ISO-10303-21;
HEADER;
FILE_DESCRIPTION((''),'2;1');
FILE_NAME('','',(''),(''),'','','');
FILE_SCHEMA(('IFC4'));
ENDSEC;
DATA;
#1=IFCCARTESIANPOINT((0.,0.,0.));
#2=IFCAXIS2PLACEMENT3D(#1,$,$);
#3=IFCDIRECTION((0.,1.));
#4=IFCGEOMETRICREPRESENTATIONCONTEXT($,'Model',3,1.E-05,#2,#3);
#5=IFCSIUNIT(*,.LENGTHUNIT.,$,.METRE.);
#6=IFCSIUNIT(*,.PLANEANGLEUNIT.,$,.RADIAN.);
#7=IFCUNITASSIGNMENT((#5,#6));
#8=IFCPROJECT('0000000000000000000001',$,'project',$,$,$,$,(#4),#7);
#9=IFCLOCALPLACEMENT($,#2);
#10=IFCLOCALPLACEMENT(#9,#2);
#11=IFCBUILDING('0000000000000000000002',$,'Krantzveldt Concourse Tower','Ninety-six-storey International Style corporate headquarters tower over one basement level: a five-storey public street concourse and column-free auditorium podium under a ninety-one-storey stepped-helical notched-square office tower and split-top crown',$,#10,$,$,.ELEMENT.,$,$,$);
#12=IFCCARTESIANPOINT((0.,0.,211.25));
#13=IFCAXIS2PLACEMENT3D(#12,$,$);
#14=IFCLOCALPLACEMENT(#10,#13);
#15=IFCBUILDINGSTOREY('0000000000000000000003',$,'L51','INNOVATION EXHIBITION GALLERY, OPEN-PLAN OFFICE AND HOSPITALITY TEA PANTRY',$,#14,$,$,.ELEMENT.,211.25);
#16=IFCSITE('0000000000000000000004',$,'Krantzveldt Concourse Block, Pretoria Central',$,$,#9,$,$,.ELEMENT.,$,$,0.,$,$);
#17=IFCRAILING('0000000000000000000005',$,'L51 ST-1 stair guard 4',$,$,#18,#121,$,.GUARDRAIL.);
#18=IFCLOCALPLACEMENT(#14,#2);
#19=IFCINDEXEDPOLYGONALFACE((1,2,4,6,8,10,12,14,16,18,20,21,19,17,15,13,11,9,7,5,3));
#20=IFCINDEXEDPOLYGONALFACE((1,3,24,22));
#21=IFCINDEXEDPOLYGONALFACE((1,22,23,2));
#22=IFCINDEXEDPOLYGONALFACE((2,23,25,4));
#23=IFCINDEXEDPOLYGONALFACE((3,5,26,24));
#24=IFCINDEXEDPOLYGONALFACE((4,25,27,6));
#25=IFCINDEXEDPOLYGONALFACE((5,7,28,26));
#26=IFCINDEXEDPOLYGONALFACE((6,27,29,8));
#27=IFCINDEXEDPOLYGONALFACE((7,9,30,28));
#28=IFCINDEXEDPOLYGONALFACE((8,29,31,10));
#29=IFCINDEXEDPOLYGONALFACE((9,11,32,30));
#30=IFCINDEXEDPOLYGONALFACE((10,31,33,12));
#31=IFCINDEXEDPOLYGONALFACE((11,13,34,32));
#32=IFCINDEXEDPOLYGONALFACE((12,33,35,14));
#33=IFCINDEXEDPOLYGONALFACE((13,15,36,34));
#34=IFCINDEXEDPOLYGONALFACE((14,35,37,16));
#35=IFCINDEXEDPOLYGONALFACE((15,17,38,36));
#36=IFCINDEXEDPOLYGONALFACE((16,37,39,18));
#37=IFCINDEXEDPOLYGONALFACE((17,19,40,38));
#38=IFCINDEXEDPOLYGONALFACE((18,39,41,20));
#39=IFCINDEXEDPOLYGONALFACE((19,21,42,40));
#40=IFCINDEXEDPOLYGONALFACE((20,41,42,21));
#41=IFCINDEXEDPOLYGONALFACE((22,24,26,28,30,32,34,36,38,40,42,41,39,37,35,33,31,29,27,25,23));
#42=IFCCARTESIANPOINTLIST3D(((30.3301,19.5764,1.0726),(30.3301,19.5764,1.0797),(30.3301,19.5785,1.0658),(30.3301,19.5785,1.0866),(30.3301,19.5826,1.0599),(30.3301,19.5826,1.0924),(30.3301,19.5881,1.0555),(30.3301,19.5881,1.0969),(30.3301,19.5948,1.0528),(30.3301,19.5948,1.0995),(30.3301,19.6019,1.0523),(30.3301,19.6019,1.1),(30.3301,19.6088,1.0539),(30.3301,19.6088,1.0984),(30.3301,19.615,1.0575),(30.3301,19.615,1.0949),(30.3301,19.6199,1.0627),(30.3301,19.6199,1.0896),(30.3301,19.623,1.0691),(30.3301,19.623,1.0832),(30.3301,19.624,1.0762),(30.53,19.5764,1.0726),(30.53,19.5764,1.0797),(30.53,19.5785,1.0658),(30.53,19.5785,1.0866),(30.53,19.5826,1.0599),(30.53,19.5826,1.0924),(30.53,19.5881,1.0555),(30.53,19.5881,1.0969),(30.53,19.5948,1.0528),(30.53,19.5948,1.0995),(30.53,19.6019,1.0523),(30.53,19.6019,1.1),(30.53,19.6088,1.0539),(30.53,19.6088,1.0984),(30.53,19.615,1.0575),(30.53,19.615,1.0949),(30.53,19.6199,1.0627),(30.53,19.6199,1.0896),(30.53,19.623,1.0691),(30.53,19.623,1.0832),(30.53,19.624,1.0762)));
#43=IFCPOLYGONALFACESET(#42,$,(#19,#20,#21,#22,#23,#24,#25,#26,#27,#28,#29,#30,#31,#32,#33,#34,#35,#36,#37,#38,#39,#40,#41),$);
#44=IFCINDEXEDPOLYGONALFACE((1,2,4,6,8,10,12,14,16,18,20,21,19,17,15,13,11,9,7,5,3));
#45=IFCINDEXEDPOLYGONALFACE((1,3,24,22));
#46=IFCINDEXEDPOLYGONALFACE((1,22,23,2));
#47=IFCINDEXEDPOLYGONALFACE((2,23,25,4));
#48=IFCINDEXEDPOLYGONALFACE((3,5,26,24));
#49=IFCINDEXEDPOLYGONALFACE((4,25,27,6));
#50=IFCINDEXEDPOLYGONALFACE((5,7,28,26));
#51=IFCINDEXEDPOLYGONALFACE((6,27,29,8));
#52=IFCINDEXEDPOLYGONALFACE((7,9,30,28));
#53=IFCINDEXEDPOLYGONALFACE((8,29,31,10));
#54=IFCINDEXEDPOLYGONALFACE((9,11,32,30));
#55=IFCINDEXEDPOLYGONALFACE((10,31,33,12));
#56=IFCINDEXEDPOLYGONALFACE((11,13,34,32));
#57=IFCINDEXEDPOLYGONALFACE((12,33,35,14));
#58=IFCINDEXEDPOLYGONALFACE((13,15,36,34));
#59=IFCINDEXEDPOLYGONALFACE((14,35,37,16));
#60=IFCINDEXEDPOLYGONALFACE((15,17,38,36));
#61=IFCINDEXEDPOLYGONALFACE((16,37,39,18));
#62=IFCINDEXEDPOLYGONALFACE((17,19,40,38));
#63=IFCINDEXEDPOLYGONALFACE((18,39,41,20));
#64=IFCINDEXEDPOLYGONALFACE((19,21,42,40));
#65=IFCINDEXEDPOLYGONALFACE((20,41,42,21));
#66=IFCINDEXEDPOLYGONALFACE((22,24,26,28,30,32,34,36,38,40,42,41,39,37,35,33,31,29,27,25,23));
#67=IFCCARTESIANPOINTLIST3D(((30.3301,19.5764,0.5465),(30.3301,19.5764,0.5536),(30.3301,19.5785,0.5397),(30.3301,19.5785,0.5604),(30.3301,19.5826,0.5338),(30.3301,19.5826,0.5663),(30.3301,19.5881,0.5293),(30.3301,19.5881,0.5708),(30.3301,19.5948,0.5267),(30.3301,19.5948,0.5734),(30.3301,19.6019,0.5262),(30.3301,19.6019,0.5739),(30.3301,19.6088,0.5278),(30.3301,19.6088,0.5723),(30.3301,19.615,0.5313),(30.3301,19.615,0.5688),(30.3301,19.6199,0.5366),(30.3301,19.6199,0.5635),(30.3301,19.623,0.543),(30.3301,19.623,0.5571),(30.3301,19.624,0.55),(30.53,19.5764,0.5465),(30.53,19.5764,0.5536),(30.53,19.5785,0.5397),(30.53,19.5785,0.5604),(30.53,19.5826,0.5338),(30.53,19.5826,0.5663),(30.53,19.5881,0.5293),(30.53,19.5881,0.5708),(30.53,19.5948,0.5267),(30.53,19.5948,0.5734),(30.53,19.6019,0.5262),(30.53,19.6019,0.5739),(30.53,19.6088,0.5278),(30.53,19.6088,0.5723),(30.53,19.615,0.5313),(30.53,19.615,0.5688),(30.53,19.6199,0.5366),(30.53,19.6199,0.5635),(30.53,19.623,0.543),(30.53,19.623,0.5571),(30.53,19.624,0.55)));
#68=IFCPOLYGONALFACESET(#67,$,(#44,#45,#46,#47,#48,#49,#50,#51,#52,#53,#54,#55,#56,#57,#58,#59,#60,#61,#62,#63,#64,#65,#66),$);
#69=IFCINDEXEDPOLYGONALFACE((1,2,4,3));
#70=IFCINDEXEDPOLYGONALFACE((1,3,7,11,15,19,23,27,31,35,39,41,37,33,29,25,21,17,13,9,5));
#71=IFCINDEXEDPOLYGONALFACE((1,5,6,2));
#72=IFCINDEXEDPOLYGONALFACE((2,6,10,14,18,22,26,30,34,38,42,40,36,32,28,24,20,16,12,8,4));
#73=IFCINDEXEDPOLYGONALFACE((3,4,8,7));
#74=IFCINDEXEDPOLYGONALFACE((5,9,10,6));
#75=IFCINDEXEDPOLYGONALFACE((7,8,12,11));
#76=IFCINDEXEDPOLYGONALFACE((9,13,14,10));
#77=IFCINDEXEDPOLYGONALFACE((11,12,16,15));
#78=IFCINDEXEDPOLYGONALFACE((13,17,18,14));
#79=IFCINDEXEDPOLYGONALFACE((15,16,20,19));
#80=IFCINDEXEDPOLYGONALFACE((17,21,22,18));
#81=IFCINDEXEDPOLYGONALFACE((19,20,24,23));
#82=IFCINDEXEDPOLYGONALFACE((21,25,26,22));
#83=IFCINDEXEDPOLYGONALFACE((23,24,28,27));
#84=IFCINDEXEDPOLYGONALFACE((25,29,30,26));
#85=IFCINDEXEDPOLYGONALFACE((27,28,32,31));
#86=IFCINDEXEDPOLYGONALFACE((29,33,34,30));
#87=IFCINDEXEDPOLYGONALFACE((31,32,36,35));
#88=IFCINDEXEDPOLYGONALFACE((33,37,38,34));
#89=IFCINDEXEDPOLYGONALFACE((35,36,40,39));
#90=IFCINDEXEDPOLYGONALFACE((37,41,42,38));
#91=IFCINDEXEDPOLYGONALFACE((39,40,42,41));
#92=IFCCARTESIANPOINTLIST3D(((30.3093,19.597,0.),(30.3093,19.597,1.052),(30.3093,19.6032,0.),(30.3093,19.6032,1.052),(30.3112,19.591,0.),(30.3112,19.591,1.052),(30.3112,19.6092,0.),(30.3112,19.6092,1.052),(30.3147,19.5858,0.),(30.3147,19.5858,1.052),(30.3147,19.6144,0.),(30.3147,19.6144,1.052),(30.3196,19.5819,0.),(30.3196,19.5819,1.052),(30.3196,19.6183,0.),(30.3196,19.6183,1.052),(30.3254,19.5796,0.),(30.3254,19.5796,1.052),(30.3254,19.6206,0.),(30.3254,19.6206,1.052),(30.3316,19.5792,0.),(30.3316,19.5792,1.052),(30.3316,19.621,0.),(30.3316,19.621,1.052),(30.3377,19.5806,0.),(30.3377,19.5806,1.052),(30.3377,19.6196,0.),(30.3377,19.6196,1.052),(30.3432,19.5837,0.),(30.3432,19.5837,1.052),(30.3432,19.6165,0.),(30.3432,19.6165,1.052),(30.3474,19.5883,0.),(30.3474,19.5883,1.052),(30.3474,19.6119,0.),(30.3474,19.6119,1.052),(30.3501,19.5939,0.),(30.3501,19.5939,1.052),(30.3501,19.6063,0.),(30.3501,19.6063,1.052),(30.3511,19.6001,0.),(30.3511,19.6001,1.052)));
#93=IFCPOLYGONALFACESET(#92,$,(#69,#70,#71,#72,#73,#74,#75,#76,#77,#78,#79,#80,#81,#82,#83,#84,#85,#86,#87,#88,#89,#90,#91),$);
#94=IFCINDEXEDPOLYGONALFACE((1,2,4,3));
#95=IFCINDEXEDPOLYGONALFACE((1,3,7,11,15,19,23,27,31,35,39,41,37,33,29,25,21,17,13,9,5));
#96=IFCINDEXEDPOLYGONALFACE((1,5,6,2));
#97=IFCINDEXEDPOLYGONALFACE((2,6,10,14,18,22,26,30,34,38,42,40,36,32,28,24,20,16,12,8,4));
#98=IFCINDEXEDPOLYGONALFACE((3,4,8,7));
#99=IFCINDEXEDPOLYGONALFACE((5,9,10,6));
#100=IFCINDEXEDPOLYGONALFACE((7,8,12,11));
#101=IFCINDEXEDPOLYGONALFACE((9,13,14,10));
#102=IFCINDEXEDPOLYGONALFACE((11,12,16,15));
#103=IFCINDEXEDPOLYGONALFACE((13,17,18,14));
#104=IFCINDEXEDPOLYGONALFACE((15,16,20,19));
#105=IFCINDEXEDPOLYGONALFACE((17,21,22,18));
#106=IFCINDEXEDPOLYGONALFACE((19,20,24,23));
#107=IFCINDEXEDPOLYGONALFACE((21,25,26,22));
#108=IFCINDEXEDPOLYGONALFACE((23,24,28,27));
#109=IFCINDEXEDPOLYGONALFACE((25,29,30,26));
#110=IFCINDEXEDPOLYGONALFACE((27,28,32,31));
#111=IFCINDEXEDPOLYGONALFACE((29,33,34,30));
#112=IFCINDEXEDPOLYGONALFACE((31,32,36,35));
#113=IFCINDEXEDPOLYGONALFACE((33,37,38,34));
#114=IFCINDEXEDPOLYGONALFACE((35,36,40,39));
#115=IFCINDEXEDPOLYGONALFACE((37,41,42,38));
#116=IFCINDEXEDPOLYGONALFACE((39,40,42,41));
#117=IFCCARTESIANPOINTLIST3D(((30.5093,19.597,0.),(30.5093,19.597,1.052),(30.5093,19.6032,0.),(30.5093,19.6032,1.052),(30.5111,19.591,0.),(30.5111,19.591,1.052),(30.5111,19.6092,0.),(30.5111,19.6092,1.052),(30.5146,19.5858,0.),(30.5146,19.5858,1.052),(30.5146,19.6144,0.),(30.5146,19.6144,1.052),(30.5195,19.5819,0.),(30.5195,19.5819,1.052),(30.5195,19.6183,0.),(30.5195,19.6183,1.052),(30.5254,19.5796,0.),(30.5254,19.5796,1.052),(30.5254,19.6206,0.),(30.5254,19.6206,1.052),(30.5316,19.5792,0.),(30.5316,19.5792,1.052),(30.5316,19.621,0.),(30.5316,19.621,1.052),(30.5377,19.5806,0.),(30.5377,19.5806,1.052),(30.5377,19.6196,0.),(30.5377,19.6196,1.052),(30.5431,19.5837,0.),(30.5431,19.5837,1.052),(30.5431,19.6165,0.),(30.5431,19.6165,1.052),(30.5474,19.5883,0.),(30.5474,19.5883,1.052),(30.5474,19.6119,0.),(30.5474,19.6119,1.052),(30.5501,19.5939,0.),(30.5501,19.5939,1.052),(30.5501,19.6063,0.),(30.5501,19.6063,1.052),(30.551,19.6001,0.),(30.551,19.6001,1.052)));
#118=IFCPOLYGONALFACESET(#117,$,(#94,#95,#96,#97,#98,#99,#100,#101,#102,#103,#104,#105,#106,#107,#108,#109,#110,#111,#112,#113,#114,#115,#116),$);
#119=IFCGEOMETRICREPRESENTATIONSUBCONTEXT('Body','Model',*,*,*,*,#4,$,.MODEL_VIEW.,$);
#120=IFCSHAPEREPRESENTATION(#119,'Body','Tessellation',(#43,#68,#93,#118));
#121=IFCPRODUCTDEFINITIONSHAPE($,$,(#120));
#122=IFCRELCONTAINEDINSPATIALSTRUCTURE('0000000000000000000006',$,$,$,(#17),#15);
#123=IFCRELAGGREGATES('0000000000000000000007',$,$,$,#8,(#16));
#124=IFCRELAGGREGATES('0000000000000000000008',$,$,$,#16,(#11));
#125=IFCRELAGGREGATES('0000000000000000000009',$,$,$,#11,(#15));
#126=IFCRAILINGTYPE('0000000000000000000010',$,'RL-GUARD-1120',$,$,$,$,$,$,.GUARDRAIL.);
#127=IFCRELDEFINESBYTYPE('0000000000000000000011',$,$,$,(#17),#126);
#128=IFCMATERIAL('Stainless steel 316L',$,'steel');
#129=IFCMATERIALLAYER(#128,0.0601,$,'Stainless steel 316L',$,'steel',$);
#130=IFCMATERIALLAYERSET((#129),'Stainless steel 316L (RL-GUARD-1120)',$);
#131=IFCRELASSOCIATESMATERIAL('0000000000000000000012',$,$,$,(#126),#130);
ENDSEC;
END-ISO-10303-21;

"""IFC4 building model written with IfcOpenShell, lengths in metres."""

from ifc_helpers import new_model, si_unit, direction, frame, origin, origin_2d, place, context, subcontext, project, spatial, circle, extrude, material, layer, layer_set, type_object, element, save


model = new_model("IFC4")

# Units and contexts
model_context = context("Model", 3, precision=1e-05, world=origin(), true_north=direction((0.0, 1.0)))
body_context = subcontext(model_context, "Body", "Model", "MODEL_VIEW")
ifc_project = project(units=[si_unit("LENGTHUNIT", "METRE"), si_unit("PLANEANGLEUNIT", "RADIAN")], contexts=[model_context])

# Site, building, storey
site_placement = place(None, origin())
site = spatial("IfcSite", under=ifc_project, at=site_placement, Name="Krantzveldt Concourse Block, Pretoria Central", CompositionType="ELEMENT", RefElevation=0.0)
building_placement = place(site_placement, origin())
building = spatial("IfcBuilding", under=site, at=building_placement, Name="Krantzveldt Concourse Tower", Description="Ninety-six-storey International Style corporate headquarters tower over one basement level: a five-storey public street concourse and column-free auditorium podium under a ninety-one-storey stepped-helical notched-square office tower and split-top crown", CompositionType="ELEMENT")
storey_placement = place(building_placement, frame((0.0, 0.0, 211.25)))
storey = spatial("IfcBuildingStorey", under=building, at=storey_placement, Name="L51", Description="INNOVATION EXHIBITION GALLERY, OPEN-PLAN OFFICE AND HOSPITALITY TEA PANTRY", CompositionType="ELEMENT", Elevation=211.25)

# Shared definitions
ifc_material_1 = material(Name="Stainless steel 316L", Category="steel")

# Railing
ifc_layer_1 = layer(ifc_material_1, 0.0601, Name="Stainless steel 316L", Category="steel")
ifc_layer_set_1 = layer_set([ifc_layer_1], Name="Stainless steel 316L (RL-GUARD-1120)")
railing_type_1 = type_object("IfcRailingType", Name="RL-GUARD-1120", PredefinedType="GUARDRAIL", material=ifc_layer_set_1)
railing_1_placement = place(storey_placement, frame((30.3301, 19.6001, 0.0)))
element("IfcRailing", 1, at=railing_1_placement, inside=storey, type_object=railing_type_1, Name="L51 ST-1 stair guard 4", PredefinedType="GUARDRAIL", context=body_context, shape_type="SweptSolid", body=[
    extrude(circle(Radius=0.0239, at=origin_2d()), frame((0.0, 0.0, 1.0762), z_axis=(1.0, 0.0, 0.0), x_axis=(0.0, 1.0, 0.0)), (0.0, 0.0, 1.0), 0.2),
    extrude(circle(Radius=0.0239, at=origin_2d()), frame((0.0, 0.0, 0.55), z_axis=(1.0, 0.0, 0.0), x_axis=(0.0, 1.0, 0.0)), (0.0, 0.0, 1.0), 0.2),
    extrude(circle(Radius=0.021, at=origin_2d()), origin(), (0.0, 0.0, 1.0), 1.052),
    extrude(circle(Radius=0.021, at=origin_2d()), frame((0.2, 0.0, 0.0)), (0.0, 0.0, 1.0), 1.052),
])

save(model, "model.ifc")
